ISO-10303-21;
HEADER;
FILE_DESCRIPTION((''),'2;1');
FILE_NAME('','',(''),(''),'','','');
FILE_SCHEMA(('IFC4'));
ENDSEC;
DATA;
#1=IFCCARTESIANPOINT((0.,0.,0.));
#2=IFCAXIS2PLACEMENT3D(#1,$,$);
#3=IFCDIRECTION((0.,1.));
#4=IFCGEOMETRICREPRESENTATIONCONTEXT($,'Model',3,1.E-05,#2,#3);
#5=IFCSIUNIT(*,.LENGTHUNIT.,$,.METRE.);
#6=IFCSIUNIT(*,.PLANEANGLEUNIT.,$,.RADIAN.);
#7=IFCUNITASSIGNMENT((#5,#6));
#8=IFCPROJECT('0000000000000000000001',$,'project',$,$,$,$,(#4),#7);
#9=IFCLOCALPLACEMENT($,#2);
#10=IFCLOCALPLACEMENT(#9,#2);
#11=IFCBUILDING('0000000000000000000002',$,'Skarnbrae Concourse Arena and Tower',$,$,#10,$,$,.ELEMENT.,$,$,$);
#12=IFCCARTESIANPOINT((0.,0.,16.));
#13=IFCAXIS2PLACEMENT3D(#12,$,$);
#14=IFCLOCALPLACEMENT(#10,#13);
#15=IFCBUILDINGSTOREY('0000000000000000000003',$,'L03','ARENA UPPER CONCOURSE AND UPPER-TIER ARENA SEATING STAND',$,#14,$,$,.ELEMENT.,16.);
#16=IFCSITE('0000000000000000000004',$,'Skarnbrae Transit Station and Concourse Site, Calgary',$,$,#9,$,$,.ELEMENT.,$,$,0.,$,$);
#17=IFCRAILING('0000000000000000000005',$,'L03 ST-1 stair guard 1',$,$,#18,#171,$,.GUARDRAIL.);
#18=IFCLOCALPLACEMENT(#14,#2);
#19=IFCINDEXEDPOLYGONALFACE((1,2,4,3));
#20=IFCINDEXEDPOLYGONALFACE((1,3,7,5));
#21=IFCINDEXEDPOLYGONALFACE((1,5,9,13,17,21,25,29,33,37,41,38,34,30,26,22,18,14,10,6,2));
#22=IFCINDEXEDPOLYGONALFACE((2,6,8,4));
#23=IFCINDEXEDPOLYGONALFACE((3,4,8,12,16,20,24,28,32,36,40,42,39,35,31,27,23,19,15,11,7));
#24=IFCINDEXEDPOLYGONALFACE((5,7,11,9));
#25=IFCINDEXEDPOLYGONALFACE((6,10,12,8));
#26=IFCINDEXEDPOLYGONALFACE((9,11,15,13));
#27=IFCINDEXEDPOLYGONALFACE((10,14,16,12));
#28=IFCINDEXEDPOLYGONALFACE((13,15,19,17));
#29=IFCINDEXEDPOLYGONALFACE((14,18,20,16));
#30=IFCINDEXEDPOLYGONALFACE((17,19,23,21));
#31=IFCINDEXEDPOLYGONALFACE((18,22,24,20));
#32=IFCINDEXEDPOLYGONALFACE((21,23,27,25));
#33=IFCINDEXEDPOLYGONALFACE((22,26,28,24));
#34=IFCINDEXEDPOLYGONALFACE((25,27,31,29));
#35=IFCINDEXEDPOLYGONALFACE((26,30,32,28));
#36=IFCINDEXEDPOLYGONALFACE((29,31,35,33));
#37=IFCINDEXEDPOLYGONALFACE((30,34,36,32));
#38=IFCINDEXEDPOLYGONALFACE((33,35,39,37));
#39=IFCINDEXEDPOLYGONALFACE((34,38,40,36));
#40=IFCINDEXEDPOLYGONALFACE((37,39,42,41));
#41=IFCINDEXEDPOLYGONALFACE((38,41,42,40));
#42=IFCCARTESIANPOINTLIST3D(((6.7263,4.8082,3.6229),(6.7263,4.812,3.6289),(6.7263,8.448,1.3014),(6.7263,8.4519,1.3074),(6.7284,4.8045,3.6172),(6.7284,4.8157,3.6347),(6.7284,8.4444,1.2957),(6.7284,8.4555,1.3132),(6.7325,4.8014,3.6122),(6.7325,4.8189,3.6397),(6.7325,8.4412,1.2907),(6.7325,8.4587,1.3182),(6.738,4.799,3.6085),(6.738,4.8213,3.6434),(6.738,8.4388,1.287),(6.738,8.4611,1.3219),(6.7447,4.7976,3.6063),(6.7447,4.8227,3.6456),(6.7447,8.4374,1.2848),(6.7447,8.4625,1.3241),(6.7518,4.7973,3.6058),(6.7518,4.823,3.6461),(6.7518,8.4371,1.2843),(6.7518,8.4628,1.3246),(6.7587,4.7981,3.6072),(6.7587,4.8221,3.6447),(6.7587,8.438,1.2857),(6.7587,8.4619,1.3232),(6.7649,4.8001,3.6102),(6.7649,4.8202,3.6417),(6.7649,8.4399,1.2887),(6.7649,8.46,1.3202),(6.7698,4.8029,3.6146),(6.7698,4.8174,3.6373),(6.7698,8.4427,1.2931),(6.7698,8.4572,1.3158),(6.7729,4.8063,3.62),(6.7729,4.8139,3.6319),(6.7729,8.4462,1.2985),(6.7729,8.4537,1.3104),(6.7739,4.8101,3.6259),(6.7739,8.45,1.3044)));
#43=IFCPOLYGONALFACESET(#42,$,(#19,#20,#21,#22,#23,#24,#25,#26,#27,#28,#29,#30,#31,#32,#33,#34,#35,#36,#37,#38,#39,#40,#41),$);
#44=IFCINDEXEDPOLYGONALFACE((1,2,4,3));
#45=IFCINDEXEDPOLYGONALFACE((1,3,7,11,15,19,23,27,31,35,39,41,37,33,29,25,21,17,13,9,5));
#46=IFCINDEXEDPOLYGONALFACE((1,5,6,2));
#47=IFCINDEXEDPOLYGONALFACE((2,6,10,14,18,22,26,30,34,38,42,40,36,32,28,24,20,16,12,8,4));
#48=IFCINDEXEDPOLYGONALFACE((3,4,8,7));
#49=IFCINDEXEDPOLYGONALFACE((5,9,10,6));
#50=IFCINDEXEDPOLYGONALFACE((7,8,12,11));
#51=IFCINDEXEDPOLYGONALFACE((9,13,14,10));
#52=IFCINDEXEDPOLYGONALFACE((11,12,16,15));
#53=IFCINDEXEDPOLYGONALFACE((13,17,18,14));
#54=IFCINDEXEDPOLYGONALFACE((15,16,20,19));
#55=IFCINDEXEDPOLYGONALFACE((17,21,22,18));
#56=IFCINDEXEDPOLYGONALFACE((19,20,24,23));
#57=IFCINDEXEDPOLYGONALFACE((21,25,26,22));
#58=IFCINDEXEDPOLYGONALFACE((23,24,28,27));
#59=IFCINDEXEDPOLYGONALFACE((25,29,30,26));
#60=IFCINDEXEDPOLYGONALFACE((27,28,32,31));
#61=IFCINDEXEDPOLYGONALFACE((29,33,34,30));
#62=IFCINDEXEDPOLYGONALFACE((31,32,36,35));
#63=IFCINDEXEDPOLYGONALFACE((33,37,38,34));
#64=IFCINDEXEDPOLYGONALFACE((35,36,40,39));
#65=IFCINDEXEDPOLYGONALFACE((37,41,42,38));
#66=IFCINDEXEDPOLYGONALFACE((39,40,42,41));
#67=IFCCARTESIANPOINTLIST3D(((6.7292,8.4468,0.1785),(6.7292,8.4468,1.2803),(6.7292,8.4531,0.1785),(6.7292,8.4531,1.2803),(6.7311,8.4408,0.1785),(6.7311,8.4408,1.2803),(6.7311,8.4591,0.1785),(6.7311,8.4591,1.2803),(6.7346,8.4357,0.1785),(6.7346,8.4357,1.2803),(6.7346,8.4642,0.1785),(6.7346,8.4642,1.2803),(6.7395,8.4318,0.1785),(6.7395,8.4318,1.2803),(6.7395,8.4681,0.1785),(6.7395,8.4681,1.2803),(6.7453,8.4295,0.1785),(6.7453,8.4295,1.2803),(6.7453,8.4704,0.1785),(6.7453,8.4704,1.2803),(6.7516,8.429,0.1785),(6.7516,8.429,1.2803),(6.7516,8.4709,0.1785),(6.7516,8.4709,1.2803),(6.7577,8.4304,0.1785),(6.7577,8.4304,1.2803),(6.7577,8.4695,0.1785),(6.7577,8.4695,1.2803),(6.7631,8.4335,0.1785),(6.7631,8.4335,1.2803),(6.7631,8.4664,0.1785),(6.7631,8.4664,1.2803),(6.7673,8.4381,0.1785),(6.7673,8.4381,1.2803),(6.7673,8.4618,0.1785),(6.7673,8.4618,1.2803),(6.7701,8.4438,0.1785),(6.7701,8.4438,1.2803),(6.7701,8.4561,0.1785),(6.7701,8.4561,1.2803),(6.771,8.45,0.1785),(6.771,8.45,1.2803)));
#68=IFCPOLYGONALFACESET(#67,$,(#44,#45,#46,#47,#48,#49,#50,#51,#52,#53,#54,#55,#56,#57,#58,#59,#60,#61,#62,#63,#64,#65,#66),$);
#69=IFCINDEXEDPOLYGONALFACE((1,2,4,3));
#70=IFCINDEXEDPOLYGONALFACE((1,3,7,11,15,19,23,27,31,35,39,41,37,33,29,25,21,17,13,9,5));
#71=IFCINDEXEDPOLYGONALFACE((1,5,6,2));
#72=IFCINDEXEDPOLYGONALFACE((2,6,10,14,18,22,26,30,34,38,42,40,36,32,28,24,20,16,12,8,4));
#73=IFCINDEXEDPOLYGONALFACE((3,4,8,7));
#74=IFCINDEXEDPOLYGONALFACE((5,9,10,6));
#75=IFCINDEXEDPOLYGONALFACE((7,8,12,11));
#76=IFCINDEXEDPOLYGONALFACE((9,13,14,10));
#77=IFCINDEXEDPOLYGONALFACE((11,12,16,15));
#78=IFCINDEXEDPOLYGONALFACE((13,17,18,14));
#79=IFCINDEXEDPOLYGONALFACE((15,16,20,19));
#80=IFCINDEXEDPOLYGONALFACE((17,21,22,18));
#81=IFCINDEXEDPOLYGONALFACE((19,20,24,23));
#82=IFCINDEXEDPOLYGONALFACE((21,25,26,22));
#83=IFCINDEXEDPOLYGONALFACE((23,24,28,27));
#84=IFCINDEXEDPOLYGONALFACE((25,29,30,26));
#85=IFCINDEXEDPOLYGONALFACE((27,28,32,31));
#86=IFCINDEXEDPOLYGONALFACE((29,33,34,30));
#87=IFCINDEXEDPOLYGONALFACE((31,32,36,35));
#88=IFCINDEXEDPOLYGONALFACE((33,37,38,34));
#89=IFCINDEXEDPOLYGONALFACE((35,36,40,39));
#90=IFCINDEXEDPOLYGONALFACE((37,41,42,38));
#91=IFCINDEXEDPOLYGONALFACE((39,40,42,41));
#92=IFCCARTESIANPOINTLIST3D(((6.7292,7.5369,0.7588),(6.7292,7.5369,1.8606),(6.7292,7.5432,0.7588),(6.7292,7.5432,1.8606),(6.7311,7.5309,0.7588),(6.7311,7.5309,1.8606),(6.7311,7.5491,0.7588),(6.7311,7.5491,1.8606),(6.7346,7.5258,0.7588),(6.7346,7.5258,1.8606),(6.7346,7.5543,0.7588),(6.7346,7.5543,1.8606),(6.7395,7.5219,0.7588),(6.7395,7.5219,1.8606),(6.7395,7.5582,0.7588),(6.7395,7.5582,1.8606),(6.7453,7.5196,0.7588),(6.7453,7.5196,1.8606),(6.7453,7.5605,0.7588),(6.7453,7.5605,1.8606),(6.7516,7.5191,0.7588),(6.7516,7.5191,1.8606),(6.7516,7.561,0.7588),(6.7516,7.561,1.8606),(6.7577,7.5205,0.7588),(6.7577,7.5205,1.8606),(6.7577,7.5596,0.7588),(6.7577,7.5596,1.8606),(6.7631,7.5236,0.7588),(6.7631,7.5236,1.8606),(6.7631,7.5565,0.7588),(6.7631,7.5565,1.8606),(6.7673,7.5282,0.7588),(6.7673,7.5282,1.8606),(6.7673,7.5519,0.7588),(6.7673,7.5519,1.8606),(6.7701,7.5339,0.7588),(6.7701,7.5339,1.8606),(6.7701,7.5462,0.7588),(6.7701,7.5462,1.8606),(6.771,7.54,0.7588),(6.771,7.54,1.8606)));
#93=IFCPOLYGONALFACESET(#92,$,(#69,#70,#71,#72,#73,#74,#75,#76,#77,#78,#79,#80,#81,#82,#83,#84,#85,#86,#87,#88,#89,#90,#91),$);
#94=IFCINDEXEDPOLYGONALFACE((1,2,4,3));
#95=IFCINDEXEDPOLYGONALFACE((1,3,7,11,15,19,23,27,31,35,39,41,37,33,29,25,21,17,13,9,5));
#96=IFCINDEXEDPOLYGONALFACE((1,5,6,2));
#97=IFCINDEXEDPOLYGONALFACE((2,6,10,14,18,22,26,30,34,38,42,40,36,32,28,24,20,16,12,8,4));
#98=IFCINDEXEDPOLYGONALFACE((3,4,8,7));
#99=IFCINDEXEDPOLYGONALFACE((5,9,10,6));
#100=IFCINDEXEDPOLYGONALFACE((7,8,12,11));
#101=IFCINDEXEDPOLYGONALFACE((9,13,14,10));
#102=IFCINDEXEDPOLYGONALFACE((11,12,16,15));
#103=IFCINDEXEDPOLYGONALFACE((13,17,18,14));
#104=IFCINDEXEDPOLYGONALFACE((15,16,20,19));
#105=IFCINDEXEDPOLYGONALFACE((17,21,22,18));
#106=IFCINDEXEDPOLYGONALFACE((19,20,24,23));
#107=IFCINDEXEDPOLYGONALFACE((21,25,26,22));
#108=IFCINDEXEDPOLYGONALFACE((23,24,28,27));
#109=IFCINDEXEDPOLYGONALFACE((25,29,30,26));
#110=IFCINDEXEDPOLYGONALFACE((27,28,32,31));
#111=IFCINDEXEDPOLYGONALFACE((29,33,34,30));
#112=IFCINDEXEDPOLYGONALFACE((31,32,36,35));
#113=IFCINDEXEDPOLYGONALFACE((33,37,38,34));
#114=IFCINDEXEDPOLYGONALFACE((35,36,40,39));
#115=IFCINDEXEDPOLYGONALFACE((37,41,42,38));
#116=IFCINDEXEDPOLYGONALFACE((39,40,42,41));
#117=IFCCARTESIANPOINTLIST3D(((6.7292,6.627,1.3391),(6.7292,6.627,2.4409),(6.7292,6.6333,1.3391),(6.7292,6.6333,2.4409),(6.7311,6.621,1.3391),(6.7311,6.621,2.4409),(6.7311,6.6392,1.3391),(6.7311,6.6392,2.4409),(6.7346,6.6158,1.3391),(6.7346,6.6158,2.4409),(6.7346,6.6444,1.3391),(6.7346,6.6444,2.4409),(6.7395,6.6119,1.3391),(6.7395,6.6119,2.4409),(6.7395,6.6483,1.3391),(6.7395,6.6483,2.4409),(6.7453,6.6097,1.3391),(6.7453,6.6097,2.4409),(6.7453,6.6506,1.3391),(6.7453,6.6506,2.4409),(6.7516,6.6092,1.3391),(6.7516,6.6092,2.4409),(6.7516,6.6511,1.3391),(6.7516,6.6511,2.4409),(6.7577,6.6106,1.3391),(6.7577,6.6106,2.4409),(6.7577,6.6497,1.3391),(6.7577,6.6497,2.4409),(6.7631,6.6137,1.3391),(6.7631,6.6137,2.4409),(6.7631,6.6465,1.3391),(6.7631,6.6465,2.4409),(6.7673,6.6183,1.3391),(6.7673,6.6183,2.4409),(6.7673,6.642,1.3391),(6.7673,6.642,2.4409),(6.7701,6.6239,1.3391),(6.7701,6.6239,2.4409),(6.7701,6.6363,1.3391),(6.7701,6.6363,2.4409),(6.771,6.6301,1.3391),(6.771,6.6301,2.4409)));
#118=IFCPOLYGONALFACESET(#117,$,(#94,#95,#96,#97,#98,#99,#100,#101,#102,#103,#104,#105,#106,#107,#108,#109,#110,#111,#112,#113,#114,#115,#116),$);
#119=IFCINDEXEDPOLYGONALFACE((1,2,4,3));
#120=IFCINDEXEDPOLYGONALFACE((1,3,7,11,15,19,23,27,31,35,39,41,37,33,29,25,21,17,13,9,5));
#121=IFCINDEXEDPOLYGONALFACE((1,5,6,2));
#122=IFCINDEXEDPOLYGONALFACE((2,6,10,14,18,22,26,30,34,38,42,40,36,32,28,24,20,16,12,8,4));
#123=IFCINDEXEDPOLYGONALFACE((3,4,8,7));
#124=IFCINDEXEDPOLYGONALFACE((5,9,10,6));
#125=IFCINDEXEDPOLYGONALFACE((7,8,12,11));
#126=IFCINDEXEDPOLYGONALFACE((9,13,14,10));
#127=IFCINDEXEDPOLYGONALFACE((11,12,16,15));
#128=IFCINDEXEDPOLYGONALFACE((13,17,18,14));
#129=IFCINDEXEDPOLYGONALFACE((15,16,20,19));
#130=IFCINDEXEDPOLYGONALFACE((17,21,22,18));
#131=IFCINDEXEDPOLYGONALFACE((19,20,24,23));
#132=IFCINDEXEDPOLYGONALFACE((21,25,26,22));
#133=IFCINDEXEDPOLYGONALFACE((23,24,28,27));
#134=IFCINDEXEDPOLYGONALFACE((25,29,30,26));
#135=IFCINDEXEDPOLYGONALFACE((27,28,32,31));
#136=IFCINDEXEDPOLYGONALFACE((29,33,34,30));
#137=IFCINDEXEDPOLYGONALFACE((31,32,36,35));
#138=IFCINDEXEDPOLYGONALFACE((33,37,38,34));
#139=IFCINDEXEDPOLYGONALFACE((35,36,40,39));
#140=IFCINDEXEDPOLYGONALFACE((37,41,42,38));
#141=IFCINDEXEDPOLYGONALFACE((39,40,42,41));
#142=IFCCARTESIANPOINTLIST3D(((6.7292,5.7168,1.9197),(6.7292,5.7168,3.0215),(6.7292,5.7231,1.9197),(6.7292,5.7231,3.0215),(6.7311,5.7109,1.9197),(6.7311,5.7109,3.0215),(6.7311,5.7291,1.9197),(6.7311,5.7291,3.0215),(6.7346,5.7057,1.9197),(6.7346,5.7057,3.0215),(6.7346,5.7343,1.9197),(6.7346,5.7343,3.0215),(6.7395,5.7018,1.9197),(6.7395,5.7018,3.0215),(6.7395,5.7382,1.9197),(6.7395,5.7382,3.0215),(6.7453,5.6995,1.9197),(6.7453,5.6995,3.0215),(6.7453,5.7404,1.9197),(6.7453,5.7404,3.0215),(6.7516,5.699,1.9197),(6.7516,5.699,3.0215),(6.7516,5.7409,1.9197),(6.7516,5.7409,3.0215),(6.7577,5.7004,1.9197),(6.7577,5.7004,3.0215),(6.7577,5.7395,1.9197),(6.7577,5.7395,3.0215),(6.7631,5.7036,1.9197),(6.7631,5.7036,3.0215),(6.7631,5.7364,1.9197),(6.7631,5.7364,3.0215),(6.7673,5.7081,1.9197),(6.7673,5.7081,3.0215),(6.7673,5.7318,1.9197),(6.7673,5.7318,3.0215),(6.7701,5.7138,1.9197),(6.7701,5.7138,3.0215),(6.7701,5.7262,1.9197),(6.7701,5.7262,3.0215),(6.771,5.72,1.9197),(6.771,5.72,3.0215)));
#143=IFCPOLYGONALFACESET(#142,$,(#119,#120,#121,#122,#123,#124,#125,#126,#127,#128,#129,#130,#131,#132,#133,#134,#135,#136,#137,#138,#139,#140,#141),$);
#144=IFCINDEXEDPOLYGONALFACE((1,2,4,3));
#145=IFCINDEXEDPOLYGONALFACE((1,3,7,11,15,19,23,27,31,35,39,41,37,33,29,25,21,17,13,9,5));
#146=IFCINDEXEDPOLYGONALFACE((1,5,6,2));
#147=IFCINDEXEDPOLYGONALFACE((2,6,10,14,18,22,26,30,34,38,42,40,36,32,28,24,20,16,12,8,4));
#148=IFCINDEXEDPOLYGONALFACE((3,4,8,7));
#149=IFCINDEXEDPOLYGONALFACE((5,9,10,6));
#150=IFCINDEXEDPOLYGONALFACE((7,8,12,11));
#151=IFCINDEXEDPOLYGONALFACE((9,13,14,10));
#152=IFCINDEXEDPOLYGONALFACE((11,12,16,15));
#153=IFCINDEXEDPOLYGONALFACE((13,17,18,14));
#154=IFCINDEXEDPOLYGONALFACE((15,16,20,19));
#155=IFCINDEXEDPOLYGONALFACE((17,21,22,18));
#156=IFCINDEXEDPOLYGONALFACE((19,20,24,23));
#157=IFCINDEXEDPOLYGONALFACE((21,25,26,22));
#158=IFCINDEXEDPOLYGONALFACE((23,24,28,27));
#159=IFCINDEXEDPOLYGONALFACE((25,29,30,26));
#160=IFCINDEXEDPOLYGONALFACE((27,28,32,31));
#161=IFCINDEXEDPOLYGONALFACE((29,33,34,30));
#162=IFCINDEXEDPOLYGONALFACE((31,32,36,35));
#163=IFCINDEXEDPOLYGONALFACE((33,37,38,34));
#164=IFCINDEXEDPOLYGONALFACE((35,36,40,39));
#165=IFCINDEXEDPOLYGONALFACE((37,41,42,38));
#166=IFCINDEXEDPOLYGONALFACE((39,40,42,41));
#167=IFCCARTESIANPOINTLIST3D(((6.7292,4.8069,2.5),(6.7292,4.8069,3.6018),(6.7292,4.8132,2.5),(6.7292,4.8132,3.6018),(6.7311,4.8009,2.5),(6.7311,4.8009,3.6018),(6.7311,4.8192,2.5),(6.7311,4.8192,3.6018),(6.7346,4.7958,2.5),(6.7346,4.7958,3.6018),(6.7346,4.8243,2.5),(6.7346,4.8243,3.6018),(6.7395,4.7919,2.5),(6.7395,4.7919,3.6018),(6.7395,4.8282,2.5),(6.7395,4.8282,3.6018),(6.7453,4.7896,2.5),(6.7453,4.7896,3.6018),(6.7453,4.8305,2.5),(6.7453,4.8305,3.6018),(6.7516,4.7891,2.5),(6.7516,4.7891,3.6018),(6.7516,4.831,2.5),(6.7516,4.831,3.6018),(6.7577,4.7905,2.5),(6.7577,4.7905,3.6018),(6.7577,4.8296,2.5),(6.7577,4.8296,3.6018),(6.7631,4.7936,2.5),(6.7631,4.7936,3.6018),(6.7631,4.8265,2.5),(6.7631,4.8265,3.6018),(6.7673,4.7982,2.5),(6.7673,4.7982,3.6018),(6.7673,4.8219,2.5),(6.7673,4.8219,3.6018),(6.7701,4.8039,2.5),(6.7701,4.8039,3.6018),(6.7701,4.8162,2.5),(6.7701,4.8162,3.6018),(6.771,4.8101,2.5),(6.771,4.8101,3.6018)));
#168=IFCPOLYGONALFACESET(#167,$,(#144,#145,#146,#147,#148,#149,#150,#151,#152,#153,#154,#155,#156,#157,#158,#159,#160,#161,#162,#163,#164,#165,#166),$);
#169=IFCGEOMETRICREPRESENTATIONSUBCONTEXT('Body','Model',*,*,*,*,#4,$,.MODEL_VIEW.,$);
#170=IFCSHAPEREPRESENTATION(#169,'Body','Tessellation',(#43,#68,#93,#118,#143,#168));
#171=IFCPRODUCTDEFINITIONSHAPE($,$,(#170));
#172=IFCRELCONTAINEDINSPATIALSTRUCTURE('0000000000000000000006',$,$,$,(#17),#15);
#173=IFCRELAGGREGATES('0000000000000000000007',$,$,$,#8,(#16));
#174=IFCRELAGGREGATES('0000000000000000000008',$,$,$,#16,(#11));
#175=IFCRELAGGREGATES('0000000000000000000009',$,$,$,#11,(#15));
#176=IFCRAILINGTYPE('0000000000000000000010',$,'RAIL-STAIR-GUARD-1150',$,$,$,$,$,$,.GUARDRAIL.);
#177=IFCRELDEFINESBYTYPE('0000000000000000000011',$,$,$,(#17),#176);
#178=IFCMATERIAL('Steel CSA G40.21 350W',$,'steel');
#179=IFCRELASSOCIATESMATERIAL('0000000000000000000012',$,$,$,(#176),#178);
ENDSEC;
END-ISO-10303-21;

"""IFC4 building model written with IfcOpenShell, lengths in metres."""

from ifc_helpers import new_model, si_unit, direction, frame, origin, origin_2d, place, context, subcontext, project, spatial, circle, extrude, material, type_object, element, save


model = new_model("IFC4")

# Units and contexts
model_context = context("Model", 3, precision=1e-05, world=origin(), true_north=direction((0.0, 1.0)))
body_context = subcontext(model_context, "Body", "Model", "MODEL_VIEW")
ifc_project = project(units=[si_unit("LENGTHUNIT", "METRE"), si_unit("PLANEANGLEUNIT", "RADIAN")], contexts=[model_context])

# Site, building, storey
site_placement = place(None, origin())
site = spatial("IfcSite", under=ifc_project, at=site_placement, Name="Skarnbrae Transit Station and Concourse Site, Calgary", CompositionType="ELEMENT", RefElevation=0.0)
building_placement = place(site_placement, origin())
building = spatial("IfcBuilding", under=site, at=building_placement, Name="Skarnbrae Concourse Arena and Tower", CompositionType="ELEMENT")
storey_placement = place(building_placement, frame((0.0, 0.0, 16.0)))
storey = spatial("IfcBuildingStorey", under=building, at=storey_placement, Name="L03", Description="ARENA UPPER CONCOURSE AND UPPER-TIER ARENA SEATING STAND", CompositionType="ELEMENT", Elevation=16.0)

# Shared definitions
ifc_material_1 = material(Name="Steel CSA G40.21 350W", Category="steel")

# Railing
railing_type_1 = type_object("IfcRailingType", Name="RAIL-STAIR-GUARD-1150", PredefinedType="GUARDRAIL", material=ifc_material_1)
railing_1_placement = place(storey_placement, frame((6.75, 8.45, 0.1785)))
element("IfcRailing", 1, at=railing_1_placement, inside=storey, type_object=railing_type_1, Name="L03 ST-1 stair guard 1", PredefinedType="GUARDRAIL", context=body_context, shape_type="SweptSolid", body=[
    extrude(circle(Radius=0.0239, at=origin_2d()), frame((0.0, 0.0, 1.126), z_axis=(0.0, -0.843112, 0.537739), x_axis=(1.0, 0.0, 0.0)), (0.0, 0.0, 1.0), 4.3171),
    extrude(circle(Radius=0.021, at=origin_2d()), origin(), (0.0, 0.0, 1.0), 1.1018),
    extrude(circle(Radius=0.021, at=origin_2d()), frame((0.0, -0.9099, 0.5803)), (0.0, 0.0, 1.0), 1.1018),
    extrude(circle(Radius=0.021, at=origin_2d()), frame((0.0, -1.8198, 1.1606)), (0.0, 0.0, 1.0), 1.1018),
    extrude(circle(Radius=0.021, at=origin_2d()), frame((0.0, -2.73, 1.7412)), (0.0, 0.0, 1.0), 1.1018),
    extrude(circle(Radius=0.021, at=origin_2d()), frame((0.0, -3.6399, 2.3215)), (0.0, 0.0, 1.0), 1.1018),
])

save(model, "model.ifc")
